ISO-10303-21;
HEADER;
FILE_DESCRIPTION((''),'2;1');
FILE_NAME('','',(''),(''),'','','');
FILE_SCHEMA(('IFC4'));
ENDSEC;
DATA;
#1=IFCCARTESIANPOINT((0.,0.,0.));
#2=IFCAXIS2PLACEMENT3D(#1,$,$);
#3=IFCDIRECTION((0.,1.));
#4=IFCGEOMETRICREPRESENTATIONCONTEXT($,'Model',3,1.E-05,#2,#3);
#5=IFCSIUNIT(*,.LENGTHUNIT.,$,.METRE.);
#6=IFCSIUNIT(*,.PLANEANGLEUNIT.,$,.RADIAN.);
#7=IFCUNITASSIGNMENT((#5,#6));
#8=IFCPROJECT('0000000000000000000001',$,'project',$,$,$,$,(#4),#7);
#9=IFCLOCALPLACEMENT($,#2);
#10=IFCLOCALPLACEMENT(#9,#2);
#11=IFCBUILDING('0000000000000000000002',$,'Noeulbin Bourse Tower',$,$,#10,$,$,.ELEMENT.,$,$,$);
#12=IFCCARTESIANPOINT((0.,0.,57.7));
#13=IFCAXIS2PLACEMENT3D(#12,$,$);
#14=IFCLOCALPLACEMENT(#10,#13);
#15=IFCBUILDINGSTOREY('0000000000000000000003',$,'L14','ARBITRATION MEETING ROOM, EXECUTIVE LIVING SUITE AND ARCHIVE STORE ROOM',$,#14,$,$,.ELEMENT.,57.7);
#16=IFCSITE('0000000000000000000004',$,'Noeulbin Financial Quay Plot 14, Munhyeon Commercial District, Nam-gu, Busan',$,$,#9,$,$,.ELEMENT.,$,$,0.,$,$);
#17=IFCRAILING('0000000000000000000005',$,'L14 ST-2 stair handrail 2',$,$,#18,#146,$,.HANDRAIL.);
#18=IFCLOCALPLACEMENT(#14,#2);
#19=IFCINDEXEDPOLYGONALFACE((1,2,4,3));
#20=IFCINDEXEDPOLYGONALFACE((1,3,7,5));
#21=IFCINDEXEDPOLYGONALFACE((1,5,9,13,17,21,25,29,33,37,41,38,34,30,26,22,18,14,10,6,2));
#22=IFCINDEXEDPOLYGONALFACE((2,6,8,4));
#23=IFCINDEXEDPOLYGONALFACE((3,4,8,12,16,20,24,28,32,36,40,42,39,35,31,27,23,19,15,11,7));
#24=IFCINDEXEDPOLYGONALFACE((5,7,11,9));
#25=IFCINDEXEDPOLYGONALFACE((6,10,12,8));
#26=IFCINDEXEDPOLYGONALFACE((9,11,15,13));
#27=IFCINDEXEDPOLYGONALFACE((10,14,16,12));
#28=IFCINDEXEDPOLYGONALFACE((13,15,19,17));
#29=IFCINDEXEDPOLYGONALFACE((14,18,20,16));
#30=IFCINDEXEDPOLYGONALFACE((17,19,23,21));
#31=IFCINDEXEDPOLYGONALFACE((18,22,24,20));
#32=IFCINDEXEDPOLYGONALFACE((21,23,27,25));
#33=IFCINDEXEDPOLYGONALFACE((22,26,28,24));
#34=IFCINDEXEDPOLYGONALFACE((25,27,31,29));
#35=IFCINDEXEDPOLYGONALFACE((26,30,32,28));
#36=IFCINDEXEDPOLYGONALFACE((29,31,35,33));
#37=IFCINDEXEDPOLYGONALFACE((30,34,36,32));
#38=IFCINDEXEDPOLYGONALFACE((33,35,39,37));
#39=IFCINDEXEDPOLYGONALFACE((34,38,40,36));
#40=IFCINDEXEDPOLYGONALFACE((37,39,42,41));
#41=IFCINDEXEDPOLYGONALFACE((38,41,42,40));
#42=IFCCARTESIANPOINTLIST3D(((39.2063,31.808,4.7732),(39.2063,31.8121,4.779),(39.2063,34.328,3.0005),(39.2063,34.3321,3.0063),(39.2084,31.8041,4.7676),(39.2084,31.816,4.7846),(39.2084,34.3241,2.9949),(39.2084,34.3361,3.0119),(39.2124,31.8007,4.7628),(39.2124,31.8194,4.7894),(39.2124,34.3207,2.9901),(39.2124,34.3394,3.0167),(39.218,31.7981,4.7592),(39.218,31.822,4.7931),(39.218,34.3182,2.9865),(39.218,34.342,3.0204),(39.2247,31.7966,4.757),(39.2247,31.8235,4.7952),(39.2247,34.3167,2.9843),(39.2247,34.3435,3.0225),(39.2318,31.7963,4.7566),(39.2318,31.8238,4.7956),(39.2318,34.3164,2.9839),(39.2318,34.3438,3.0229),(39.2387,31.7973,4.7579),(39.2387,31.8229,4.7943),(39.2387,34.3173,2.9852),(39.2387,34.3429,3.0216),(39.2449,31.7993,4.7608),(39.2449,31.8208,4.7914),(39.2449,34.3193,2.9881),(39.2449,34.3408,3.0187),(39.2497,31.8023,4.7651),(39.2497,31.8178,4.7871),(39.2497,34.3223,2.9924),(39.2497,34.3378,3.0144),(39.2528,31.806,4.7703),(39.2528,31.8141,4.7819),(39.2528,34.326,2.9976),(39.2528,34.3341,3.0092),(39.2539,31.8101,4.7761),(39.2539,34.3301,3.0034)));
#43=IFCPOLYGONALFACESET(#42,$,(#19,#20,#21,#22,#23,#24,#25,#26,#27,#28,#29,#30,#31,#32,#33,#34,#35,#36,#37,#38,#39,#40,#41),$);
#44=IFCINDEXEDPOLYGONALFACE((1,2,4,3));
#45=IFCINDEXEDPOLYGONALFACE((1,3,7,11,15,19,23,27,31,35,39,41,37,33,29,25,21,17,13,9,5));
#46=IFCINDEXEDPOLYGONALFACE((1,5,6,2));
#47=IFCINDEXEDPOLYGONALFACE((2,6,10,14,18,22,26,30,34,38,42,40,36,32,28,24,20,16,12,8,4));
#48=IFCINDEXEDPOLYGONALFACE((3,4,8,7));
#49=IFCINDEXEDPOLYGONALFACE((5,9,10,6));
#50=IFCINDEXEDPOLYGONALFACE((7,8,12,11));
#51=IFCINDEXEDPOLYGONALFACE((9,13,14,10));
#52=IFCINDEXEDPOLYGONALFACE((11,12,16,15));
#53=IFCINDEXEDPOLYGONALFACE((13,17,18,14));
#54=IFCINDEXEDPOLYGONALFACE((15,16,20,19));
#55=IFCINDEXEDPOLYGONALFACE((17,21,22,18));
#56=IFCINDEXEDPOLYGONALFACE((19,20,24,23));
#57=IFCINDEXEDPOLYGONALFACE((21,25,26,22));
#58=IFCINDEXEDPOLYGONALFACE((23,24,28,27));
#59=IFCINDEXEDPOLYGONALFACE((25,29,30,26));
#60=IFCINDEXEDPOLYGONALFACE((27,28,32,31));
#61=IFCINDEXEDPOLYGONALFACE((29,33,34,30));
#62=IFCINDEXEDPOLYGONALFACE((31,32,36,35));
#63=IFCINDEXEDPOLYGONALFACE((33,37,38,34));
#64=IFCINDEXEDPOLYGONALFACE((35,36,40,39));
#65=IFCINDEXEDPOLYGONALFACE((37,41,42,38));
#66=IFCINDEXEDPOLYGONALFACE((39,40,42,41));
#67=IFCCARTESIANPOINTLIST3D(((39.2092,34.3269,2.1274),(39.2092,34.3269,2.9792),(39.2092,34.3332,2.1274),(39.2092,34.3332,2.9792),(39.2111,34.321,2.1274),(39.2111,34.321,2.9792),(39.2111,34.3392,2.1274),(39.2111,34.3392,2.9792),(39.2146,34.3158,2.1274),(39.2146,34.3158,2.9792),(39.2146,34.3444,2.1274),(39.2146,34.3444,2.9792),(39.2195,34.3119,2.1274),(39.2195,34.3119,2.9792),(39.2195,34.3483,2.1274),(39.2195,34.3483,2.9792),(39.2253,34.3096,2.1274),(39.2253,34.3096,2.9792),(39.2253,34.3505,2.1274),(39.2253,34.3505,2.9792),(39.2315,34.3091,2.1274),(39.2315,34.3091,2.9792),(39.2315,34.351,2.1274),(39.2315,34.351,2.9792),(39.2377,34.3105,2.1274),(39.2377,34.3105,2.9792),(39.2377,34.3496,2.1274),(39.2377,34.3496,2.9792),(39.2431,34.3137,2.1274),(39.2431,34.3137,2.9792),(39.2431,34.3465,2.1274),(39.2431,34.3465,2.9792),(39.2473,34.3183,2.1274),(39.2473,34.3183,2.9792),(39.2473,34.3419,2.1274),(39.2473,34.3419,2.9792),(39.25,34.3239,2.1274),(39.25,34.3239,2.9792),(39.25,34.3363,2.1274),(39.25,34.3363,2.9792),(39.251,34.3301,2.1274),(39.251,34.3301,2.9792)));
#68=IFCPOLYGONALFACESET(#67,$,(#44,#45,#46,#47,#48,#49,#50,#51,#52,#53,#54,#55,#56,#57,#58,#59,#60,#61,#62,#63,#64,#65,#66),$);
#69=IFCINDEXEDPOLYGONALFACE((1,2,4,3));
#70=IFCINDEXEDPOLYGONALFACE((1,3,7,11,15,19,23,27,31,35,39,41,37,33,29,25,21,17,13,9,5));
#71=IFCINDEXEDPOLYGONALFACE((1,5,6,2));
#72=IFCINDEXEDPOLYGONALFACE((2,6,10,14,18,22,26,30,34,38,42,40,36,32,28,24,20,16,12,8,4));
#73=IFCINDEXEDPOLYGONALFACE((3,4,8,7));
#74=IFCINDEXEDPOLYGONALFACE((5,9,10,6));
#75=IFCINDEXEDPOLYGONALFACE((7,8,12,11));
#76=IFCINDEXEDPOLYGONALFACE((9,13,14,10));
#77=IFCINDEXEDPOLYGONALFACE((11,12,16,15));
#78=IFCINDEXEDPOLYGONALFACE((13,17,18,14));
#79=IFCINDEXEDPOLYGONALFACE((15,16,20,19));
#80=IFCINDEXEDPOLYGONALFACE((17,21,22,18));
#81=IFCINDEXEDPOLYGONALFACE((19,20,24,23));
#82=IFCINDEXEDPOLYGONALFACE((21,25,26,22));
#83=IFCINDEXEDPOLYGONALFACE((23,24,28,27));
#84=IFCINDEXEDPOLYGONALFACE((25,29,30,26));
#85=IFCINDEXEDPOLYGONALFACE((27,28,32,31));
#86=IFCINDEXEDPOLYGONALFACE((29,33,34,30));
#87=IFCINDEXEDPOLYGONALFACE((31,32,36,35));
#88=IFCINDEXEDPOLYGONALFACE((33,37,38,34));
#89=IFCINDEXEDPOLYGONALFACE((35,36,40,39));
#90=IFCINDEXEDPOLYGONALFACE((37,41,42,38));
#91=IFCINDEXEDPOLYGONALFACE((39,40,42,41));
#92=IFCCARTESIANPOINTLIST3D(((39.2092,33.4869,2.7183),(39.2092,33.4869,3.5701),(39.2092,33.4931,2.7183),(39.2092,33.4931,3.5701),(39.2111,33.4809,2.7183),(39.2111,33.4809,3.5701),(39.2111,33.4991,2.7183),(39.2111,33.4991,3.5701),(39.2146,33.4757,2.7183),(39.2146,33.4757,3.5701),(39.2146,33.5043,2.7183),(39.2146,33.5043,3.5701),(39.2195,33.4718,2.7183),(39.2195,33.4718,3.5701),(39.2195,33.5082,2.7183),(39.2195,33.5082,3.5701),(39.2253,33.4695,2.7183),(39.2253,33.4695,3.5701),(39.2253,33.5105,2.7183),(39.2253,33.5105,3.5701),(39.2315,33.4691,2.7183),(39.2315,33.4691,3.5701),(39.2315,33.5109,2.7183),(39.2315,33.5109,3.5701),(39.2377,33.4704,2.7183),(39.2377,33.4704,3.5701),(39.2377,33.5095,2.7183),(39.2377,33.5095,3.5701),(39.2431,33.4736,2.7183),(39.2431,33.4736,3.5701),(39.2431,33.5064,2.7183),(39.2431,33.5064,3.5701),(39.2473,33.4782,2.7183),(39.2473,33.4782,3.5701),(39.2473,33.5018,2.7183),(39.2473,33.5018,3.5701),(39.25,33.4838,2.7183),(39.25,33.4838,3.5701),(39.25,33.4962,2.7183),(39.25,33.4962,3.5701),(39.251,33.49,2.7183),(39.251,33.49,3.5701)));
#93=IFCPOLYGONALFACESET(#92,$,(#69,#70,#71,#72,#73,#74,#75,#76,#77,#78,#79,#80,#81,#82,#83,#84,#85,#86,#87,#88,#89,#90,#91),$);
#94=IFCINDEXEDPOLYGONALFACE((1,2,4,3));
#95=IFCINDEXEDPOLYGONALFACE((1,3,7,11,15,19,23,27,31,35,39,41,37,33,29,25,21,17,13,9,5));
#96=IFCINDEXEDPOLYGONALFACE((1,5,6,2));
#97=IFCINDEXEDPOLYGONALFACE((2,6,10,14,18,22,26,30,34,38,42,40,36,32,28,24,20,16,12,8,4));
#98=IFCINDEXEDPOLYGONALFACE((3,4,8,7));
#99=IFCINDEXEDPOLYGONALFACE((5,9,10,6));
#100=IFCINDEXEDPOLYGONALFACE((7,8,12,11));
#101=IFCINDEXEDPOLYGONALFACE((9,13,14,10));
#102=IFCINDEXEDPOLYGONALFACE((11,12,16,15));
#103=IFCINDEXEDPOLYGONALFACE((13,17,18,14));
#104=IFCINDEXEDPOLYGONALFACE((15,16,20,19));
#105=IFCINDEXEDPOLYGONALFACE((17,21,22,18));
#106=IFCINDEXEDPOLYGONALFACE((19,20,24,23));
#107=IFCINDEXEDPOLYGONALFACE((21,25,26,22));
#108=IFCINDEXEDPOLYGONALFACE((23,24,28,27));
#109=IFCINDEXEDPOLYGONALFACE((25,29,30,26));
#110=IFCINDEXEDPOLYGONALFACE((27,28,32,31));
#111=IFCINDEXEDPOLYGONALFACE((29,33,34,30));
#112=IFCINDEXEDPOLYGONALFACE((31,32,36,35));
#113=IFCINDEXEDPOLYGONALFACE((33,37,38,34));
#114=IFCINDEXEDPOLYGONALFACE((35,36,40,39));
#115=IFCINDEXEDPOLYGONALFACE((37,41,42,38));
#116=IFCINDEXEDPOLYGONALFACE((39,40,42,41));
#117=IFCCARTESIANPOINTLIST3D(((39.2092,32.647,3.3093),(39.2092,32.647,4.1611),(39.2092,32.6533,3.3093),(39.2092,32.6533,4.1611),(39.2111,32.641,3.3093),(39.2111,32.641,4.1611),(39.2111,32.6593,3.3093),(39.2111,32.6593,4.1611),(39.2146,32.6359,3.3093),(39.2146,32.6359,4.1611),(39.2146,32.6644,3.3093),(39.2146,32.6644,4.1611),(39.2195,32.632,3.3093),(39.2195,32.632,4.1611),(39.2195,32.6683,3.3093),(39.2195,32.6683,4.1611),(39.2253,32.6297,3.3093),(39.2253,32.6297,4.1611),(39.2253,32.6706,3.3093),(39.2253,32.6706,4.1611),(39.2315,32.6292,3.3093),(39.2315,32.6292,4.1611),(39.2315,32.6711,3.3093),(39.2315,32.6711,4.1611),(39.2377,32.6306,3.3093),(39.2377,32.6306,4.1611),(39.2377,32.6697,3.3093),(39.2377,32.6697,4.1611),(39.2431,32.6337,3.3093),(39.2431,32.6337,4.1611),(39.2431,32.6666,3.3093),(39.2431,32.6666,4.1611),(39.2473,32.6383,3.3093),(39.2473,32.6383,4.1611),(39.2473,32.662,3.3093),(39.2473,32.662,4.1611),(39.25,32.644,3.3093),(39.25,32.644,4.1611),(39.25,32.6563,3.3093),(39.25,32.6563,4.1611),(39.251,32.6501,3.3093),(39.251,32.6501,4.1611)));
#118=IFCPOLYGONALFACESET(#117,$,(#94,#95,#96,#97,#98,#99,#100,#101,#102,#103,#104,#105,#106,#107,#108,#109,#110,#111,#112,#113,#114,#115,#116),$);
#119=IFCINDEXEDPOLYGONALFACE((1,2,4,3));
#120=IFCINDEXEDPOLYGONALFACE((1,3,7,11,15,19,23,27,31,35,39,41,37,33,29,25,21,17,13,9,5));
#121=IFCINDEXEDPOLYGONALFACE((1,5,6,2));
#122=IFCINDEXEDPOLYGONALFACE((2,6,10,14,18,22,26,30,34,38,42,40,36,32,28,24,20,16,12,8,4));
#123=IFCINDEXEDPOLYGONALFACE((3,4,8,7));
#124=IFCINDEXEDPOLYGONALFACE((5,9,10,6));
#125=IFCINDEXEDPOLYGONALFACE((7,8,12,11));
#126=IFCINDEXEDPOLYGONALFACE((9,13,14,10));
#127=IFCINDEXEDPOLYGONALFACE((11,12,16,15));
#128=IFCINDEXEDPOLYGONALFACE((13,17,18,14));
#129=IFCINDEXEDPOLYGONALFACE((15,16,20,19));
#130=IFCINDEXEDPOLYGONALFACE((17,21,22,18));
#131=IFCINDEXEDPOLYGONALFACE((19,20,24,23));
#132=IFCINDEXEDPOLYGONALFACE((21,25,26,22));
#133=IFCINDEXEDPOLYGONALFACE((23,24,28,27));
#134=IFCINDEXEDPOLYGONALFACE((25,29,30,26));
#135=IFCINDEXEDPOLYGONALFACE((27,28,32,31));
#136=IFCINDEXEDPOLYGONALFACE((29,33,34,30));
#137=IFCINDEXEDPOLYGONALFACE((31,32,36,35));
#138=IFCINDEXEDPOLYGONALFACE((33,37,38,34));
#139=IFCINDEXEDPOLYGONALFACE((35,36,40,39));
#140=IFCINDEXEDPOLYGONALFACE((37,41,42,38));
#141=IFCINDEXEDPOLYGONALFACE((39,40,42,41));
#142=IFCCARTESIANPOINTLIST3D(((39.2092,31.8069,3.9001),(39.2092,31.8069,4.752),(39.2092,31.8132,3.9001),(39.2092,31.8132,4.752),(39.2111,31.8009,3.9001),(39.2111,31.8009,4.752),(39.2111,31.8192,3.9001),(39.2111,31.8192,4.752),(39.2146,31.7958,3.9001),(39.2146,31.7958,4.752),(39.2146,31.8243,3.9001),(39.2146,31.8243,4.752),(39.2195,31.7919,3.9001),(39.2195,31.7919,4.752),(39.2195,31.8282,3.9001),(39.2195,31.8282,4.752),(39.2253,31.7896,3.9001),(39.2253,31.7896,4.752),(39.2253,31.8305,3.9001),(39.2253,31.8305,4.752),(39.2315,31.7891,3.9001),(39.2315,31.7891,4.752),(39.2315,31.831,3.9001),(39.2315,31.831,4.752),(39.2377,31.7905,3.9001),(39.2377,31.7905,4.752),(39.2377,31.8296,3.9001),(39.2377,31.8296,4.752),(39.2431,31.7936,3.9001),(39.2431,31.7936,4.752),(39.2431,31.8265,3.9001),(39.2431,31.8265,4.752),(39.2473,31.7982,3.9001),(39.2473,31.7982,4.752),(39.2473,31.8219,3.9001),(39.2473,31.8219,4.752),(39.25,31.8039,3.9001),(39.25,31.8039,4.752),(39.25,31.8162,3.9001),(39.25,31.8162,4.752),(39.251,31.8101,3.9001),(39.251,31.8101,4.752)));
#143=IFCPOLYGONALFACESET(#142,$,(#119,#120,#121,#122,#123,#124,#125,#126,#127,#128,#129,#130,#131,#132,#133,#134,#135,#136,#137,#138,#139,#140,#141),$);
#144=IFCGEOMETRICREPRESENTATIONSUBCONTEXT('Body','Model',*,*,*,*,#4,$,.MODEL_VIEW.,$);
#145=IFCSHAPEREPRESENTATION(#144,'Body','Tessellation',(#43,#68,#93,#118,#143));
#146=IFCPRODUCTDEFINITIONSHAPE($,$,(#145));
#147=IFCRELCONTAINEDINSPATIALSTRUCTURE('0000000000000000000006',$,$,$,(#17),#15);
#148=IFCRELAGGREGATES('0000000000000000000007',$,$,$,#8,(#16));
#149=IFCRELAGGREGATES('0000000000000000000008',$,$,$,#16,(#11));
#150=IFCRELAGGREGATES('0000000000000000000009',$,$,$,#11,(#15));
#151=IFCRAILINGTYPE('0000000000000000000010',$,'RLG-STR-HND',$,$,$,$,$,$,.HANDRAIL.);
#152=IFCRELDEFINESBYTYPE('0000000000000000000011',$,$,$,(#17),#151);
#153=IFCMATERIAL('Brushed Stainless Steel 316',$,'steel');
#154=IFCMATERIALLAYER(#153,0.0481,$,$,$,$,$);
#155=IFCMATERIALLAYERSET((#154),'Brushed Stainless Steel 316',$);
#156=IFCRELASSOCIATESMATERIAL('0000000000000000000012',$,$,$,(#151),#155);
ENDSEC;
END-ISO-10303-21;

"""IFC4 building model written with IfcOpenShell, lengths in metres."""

from ifc_helpers import new_model, si_unit, direction, frame, origin, origin_2d, place, context, subcontext, project, spatial, circle, extrude, material, layer, layer_set, type_object, element, save


model = new_model("IFC4")

# Units and contexts
model_context = context("Model", 3, precision=1e-05, world=origin(), true_north=direction((0.0, 1.0)))
body_context = subcontext(model_context, "Body", "Model", "MODEL_VIEW")
ifc_project = project(units=[si_unit("LENGTHUNIT", "METRE"), si_unit("PLANEANGLEUNIT", "RADIAN")], contexts=[model_context])

# Site, building, storey
site_placement = place(None, origin())
site = spatial("IfcSite", under=ifc_project, at=site_placement, Name="Noeulbin Financial Quay Plot 14, Munhyeon Commercial District, Nam-gu, Busan", CompositionType="ELEMENT", RefElevation=0.0)
building_placement = place(site_placement, origin())
building = spatial("IfcBuilding", under=site, at=building_placement, Name="Noeulbin Bourse Tower", CompositionType="ELEMENT")
storey_placement = place(building_placement, frame((0.0, 0.0, 57.7)))
storey = spatial("IfcBuildingStorey", under=building, at=storey_placement, Name="L14", Description="ARBITRATION MEETING ROOM, EXECUTIVE LIVING SUITE AND ARCHIVE STORE ROOM", CompositionType="ELEMENT", Elevation=57.7)

# Shared definitions
ifc_material_1 = material(Name="Brushed Stainless Steel 316", Category="steel")

# Railing
ifc_layer_1 = layer(ifc_material_1, 0.0481)
ifc_layer_set_1 = layer_set([ifc_layer_1], Name="Brushed Stainless Steel 316")
railing_type_1 = type_object("IfcRailingType", Name="RLG-STR-HND", PredefinedType="HANDRAIL", material=ifc_layer_set_1)
railing_1_placement = place(storey_placement, frame((39.23, 34.3301, 2.1274)))
element("IfcRailing", 1, at=railing_1_placement, inside=storey, type_object=railing_type_1, Name="L14 ST-2 stair handrail 2", PredefinedType="HANDRAIL", context=body_context, shape_type="SweptSolid", body=[
    extrude(circle(Radius=0.0239, at=origin_2d()), frame((0.0, 0.0, 0.876), z_axis=(0.0, -0.817904, 0.575354), x_axis=(1.0, 0.0, 0.0)), (0.0, 0.0, 1.0), 3.0811),
    extrude(circle(Radius=0.021, at=origin_2d()), origin(), (0.0, 0.0, 1.0), 0.8518),
    extrude(circle(Radius=0.021, at=origin_2d()), frame((0.0, -0.8401, 0.5908)), (0.0, 0.0, 1.0), 0.8518),
    extrude(circle(Radius=0.021, at=origin_2d()), frame((0.0, -1.6799, 1.1819)), (0.0, 0.0, 1.0), 0.8518),
    extrude(circle(Radius=0.021, at=origin_2d()), frame((0.0, -2.52, 1.7727)), (0.0, 0.0, 1.0), 0.8518),
])

save(model, "model.ifc")
